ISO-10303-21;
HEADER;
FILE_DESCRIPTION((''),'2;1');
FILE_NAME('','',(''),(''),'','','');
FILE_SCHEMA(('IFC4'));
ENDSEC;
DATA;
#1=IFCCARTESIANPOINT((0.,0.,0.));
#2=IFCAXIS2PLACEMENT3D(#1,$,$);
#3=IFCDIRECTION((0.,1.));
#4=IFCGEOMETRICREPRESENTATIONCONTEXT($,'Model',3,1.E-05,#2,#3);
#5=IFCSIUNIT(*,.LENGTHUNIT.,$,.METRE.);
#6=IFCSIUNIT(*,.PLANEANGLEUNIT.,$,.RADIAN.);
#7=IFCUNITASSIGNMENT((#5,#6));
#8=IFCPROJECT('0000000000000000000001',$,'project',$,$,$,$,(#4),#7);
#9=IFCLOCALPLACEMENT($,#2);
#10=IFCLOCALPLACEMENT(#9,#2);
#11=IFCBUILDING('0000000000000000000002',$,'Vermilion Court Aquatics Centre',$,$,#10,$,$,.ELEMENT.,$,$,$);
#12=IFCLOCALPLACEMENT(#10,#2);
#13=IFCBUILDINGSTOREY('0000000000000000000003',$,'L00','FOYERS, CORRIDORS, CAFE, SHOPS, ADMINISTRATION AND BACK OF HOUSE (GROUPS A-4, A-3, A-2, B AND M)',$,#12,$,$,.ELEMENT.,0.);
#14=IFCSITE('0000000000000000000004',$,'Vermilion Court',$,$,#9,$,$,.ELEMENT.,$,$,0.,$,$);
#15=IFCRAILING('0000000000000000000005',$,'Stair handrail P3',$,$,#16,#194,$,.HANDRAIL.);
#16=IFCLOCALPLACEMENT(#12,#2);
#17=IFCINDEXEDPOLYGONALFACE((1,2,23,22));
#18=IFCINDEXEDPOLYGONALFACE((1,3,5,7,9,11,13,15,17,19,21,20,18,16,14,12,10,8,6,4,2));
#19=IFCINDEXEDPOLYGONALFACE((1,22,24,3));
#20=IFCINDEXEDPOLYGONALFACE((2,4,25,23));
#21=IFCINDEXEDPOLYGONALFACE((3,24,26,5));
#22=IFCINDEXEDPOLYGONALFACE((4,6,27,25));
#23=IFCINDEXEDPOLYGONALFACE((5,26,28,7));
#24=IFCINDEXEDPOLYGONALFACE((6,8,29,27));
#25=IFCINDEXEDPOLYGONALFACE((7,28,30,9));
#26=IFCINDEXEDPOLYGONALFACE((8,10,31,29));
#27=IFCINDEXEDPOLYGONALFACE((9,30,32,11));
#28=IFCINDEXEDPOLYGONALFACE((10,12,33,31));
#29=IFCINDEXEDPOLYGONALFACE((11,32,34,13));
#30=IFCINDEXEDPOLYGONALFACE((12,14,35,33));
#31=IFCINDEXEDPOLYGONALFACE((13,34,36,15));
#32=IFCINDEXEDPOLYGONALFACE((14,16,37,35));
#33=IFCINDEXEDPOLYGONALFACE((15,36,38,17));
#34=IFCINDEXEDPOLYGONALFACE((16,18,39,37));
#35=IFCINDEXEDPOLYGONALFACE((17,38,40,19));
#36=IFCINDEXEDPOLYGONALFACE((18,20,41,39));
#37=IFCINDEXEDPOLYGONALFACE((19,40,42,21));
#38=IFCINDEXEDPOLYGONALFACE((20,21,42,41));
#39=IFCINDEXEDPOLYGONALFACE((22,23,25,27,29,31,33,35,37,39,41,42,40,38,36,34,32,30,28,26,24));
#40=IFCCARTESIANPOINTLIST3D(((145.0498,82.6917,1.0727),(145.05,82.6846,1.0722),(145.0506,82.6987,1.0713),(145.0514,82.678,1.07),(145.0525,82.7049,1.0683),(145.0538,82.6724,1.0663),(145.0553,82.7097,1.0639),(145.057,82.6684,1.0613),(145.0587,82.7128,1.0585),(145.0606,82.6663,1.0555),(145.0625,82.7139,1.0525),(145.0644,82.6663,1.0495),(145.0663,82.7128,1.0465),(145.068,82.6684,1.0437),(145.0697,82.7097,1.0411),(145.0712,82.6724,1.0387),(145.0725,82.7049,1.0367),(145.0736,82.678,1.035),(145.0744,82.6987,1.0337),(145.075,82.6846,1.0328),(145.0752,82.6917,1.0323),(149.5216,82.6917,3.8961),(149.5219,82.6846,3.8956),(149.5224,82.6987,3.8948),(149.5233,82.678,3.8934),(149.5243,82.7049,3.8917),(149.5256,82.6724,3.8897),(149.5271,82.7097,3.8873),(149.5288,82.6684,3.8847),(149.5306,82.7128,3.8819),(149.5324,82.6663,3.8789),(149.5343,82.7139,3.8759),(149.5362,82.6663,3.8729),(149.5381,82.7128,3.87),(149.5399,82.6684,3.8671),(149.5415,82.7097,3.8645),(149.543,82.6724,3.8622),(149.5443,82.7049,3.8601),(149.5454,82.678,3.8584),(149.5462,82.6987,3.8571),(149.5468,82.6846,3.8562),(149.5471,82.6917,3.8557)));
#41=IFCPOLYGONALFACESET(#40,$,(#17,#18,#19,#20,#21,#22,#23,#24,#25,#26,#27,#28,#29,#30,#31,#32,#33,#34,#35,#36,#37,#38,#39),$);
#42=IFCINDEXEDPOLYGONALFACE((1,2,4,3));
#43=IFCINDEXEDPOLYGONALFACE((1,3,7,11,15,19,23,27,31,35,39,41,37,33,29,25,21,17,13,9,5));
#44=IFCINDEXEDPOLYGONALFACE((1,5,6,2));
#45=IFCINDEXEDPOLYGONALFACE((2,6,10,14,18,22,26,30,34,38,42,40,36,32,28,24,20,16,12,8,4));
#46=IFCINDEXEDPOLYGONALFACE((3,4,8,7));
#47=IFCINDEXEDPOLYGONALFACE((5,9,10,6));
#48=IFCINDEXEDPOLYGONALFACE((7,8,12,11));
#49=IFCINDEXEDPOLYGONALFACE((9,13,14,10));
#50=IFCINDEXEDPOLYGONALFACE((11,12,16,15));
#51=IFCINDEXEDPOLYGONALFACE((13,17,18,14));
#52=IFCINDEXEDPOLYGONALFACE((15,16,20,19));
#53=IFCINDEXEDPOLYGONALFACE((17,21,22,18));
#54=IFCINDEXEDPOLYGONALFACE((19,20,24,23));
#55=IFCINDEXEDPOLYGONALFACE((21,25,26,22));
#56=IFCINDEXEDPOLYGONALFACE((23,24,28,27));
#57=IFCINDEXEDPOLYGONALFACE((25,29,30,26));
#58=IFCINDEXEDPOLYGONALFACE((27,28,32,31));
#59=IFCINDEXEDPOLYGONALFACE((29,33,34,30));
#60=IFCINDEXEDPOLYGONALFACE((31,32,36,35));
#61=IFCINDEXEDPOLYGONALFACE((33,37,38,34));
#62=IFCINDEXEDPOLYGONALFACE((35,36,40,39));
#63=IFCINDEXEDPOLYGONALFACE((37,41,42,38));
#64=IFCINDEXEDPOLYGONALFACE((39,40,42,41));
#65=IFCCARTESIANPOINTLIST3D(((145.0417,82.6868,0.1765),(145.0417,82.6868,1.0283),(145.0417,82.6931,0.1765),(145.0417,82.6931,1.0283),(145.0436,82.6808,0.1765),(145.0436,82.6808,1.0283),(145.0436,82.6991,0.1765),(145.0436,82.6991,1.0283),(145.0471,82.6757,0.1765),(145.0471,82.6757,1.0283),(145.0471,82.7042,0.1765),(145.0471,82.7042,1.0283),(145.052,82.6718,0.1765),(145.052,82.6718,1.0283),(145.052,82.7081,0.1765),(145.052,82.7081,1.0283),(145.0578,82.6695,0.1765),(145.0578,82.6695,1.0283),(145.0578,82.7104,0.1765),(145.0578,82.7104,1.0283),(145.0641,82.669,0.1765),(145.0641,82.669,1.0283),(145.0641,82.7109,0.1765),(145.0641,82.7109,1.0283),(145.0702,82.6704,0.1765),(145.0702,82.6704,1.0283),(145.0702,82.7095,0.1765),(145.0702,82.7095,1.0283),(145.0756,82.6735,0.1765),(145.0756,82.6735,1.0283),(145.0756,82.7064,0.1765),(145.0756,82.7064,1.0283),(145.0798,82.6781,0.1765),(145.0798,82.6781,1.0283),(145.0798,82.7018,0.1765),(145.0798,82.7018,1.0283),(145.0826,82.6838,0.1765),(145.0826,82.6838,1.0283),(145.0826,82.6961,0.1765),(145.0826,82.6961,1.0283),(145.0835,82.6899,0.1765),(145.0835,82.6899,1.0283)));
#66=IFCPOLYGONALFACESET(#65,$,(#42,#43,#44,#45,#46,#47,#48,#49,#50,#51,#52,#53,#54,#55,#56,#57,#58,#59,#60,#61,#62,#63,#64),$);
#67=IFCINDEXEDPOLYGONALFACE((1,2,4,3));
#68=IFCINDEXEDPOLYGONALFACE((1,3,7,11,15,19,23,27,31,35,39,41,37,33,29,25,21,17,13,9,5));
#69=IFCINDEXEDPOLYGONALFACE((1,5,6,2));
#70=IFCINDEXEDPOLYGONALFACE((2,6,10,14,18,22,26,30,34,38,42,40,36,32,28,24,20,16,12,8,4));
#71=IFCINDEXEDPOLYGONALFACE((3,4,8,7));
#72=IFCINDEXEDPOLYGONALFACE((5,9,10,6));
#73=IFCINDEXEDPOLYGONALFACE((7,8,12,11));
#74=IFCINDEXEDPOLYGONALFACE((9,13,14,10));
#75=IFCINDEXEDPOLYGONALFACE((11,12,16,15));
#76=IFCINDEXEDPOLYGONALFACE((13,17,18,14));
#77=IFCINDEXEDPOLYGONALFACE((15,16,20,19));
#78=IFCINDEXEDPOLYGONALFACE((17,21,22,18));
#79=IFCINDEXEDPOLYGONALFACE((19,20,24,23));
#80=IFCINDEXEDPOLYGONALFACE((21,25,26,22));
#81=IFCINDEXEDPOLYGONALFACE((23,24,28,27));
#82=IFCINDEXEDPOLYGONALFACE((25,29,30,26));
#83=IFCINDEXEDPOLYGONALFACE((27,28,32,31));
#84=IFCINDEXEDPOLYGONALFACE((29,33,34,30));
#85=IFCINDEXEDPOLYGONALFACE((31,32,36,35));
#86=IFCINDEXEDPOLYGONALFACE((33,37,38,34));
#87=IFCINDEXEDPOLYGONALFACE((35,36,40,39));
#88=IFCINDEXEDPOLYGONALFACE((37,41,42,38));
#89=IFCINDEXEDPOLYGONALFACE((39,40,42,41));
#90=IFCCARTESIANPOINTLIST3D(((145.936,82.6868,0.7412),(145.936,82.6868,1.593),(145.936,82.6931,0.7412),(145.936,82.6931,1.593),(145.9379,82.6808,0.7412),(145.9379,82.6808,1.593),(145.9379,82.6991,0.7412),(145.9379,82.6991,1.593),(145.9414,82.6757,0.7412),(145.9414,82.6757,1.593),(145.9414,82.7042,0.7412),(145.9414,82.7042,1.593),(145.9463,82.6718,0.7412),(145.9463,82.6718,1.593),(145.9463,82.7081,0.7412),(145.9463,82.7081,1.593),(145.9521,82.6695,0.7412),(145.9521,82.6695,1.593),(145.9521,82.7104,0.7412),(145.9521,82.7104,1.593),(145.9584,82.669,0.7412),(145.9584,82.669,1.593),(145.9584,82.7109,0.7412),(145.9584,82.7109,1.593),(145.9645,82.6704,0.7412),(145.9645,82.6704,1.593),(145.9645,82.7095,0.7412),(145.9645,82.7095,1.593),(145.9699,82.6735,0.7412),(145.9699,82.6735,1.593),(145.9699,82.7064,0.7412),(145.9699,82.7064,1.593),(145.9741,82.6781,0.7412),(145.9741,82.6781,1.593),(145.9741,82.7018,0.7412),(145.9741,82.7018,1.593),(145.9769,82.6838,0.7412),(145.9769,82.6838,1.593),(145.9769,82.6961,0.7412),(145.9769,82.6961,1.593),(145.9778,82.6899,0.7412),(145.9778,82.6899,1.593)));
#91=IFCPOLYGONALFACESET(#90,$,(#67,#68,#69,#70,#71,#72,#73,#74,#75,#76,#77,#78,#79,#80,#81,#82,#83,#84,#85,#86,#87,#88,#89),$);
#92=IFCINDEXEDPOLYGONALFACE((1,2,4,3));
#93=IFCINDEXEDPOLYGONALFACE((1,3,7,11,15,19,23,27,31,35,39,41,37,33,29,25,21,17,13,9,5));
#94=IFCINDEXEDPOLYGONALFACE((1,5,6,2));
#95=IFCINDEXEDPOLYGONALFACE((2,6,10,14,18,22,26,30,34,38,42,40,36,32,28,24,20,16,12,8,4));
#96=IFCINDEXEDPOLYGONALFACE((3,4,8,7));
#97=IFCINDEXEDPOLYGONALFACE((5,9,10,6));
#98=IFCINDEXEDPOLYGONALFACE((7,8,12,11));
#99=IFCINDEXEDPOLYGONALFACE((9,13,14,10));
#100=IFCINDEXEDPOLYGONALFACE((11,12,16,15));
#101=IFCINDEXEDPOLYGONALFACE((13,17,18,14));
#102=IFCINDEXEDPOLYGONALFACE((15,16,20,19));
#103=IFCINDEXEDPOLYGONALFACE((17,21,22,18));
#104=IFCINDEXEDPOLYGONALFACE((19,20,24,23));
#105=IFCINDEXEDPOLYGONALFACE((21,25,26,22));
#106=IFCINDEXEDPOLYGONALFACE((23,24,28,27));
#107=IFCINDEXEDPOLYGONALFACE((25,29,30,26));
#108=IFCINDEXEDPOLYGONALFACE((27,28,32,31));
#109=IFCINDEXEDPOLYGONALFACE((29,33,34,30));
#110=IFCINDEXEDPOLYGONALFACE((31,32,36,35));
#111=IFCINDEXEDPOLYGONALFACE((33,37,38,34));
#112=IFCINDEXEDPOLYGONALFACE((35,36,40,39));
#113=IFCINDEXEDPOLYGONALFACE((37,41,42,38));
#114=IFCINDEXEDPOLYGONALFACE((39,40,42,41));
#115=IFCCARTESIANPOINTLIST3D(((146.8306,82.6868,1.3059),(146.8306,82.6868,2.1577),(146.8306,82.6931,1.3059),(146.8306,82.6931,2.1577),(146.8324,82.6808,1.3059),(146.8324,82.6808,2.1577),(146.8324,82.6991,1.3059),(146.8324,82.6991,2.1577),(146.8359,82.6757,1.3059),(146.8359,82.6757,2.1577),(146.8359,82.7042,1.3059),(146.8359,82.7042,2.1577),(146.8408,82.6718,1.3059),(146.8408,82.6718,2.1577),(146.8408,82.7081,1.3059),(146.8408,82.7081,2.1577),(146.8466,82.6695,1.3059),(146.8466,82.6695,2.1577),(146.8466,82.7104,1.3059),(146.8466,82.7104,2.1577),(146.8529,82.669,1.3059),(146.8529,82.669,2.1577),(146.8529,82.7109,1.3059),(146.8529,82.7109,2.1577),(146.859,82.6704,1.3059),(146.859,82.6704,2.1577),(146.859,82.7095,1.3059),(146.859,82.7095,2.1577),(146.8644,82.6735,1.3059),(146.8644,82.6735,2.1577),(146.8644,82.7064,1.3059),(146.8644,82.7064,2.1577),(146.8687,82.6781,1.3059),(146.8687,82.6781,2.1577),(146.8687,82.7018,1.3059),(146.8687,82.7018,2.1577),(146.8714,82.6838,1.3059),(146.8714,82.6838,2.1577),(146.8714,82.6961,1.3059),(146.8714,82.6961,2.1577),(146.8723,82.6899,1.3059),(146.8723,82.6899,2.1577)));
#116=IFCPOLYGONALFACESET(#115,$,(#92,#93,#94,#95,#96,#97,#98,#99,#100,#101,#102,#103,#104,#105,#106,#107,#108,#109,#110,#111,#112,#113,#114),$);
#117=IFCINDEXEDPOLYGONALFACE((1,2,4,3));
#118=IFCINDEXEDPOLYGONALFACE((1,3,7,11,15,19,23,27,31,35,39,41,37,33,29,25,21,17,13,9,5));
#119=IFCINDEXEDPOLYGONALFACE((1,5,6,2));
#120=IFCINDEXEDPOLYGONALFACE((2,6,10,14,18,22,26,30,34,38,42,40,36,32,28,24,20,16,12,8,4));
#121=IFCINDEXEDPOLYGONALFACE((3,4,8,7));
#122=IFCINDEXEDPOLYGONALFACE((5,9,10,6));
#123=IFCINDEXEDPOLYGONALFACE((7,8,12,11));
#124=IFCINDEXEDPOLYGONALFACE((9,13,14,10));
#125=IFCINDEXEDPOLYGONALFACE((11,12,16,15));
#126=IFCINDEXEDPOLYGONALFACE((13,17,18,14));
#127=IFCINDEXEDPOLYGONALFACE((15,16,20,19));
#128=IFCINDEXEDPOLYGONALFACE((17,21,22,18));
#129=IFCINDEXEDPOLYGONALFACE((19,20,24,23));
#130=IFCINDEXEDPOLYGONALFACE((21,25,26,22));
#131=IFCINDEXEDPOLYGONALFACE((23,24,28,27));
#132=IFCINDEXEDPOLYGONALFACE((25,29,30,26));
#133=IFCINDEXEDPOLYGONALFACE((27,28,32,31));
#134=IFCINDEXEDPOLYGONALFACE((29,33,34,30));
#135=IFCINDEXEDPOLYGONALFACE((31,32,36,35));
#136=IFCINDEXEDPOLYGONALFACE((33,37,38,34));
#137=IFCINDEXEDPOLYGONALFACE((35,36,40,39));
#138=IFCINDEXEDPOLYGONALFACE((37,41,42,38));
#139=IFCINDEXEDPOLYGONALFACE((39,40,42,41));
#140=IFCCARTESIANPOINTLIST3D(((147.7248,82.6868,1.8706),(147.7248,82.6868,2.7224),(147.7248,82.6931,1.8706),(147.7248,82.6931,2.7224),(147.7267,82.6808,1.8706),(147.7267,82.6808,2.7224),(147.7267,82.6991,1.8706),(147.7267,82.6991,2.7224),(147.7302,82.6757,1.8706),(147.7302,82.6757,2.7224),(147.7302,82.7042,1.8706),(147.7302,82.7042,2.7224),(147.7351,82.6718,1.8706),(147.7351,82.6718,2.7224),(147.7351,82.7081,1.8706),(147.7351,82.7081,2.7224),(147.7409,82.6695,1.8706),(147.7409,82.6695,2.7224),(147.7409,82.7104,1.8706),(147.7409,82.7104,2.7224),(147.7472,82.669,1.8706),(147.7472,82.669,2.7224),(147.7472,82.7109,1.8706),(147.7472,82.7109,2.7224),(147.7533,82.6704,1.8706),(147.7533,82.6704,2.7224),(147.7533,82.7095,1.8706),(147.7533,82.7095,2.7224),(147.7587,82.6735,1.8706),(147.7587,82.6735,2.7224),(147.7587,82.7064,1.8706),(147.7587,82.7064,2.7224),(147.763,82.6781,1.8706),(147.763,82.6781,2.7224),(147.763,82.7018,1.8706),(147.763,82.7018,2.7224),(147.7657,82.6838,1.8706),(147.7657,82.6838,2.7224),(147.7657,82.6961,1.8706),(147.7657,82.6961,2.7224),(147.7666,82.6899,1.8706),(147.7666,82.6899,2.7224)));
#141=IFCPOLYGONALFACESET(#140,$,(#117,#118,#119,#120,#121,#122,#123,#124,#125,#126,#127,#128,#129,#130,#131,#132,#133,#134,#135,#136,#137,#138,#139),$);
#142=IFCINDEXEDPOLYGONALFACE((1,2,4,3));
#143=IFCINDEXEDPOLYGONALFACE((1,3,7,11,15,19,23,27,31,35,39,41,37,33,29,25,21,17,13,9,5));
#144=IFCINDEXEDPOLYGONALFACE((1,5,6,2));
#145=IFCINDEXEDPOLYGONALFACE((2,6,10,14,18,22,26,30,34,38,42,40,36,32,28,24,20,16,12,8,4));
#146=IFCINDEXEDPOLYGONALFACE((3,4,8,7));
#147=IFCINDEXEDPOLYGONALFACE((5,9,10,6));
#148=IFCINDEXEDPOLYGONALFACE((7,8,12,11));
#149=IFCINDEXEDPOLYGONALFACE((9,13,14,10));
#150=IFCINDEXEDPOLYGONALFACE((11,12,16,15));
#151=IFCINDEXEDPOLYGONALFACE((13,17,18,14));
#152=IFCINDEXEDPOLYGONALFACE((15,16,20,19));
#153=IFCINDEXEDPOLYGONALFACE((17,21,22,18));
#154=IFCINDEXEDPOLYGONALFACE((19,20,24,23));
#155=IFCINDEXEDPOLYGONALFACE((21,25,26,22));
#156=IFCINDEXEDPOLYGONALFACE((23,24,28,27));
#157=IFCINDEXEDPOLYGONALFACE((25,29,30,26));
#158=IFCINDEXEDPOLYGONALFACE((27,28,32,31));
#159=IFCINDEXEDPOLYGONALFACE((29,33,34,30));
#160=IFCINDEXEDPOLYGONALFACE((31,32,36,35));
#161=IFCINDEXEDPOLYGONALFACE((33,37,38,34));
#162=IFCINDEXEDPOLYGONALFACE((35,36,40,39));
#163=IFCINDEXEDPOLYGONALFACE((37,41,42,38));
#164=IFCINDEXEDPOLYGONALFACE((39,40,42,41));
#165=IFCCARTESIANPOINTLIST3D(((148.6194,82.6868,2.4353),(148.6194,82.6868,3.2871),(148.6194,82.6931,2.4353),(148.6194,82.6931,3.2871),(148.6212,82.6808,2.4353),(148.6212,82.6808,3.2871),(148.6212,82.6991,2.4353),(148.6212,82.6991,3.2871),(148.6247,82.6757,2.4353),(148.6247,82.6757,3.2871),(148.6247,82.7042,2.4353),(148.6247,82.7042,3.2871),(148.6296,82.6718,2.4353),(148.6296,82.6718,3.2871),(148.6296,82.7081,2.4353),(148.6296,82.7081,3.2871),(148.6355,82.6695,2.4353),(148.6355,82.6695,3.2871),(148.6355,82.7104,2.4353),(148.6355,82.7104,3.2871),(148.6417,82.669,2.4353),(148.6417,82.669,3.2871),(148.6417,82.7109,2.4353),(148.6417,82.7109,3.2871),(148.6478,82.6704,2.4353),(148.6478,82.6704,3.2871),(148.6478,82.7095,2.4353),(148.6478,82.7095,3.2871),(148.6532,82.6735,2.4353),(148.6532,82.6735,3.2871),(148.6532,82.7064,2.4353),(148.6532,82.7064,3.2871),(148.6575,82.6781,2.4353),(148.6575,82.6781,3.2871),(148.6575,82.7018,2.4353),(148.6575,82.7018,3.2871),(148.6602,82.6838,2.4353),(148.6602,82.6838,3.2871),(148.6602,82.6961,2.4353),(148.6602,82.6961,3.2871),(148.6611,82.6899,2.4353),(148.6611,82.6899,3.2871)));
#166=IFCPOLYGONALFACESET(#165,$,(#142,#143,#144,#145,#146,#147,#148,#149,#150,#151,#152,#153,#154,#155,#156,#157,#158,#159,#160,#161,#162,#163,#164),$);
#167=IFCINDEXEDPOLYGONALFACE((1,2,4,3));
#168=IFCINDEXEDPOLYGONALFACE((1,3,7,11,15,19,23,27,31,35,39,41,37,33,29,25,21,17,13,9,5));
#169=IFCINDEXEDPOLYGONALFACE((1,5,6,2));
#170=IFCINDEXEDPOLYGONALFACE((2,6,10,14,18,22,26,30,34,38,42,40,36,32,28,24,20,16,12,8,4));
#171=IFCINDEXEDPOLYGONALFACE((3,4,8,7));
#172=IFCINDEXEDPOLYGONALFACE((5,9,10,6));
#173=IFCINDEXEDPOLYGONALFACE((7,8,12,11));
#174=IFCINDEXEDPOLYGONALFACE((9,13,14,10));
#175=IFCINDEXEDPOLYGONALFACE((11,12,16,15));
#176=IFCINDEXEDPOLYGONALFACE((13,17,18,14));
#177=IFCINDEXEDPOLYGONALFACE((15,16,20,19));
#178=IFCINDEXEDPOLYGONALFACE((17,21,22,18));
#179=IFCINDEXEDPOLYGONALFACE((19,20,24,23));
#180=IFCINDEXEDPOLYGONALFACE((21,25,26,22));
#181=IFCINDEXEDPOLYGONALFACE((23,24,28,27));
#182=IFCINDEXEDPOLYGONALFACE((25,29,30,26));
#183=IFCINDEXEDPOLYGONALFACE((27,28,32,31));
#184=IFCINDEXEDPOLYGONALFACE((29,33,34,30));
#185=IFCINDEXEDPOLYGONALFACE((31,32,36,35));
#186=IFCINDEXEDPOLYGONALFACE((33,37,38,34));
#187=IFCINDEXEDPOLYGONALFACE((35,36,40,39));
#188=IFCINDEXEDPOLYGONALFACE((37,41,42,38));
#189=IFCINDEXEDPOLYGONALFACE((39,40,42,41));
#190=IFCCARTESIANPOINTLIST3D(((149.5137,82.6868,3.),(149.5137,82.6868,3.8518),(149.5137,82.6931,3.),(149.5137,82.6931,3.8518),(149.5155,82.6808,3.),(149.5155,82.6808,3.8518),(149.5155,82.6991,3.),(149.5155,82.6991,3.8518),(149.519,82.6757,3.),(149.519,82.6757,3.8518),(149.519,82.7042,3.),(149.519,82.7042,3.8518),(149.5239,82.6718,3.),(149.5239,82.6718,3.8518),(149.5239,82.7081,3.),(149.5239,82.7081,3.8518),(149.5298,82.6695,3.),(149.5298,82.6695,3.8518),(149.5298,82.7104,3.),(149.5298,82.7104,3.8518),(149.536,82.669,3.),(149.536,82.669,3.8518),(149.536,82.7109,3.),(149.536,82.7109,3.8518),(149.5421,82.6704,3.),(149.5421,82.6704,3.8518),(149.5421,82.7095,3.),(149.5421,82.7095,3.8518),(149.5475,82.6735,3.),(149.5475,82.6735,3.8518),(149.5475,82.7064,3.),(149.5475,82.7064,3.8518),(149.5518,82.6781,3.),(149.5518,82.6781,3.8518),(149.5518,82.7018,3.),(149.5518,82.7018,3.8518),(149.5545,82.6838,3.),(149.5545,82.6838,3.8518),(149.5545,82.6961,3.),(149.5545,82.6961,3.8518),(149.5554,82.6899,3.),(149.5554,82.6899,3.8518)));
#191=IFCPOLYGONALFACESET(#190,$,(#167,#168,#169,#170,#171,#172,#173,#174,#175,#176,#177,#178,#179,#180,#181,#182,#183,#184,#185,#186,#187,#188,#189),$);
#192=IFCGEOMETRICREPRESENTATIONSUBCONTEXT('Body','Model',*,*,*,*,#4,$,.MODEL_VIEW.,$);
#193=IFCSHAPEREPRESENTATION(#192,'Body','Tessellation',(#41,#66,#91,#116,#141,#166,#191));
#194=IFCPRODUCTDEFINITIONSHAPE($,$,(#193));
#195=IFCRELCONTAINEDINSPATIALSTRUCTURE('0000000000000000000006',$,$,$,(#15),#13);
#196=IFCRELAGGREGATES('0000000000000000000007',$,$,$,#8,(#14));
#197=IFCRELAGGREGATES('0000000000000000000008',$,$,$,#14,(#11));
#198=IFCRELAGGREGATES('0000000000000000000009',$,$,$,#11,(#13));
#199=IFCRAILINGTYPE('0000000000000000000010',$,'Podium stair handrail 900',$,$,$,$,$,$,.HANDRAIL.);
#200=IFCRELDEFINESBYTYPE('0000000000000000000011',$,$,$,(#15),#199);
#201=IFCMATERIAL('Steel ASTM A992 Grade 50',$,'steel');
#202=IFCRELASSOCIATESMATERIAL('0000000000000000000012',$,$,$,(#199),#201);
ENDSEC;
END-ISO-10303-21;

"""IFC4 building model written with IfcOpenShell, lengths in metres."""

from ifc_helpers import new_model, si_unit, direction, frame, origin, origin_2d, place, context, subcontext, project, spatial, circle, extrude, material, type_object, element, save


model = new_model("IFC4")

# Units and contexts
model_context = context("Model", 3, precision=1e-05, world=origin(), true_north=direction((0.0, 1.0)))
body_context = subcontext(model_context, "Body", "Model", "MODEL_VIEW")
ifc_project = project(units=[si_unit("LENGTHUNIT", "METRE"), si_unit("PLANEANGLEUNIT", "RADIAN")], contexts=[model_context])

# Site, building, storey
site_placement = place(None, origin())
site = spatial("IfcSite", under=ifc_project, at=site_placement, Name="Vermilion Court", CompositionType="ELEMENT", RefElevation=0.0)
building_placement = place(site_placement, origin())
building = spatial("IfcBuilding", under=site, at=building_placement, Name="Vermilion Court Aquatics Centre", CompositionType="ELEMENT")
storey_placement = place(building_placement, origin())
storey = spatial("IfcBuildingStorey", under=building, at=storey_placement, Name="L00", Description="FOYERS, CORRIDORS, CAFE, SHOPS, ADMINISTRATION AND BACK OF HOUSE (GROUPS A-4, A-3, A-2, B AND M)", CompositionType="ELEMENT", Elevation=0.0)

# Railing
ifc_material_1 = material(Name="Steel ASTM A992 Grade 50", Category="steel")
railing_type_1 = type_object("IfcRailingType", Name="Podium stair handrail 900", PredefinedType="HANDRAIL", material=ifc_material_1)
for number, where, name in (
    (1, (145.0625, 82.6899, 0.1765), "Stair handrail P3"),
):
    element("IfcRailing", number, at=place(storey_placement, frame(where)), inside=storey, type_object=railing_type_1, Name=name, PredefinedType="HANDRAIL", context=body_context, shape_type="SweptSolid", body=[
        extrude(circle(Radius=0.0239, at=origin_2d()), frame((0.0, 0.0, 0.876), z_axis=(0.845565, 0.0, 0.533873), x_axis=(0.0, 1.0, 0.0)), (0.0, 0.0, 1.0), 5.2886),
        extrude(circle(Radius=0.021, at=origin_2d()), origin(), (0.0, 0.0, 1.0), 0.8518),
        extrude(circle(Radius=0.021, at=origin_2d()), frame((0.8943, 0.0, 0.5647)), (0.0, 0.0, 1.0), 0.8518),
        extrude(circle(Radius=0.021, at=origin_2d()), frame((1.7888, 0.0, 1.1294)), (0.0, 0.0, 1.0), 0.8518),
        extrude(circle(Radius=0.021, at=origin_2d()), frame((2.6831, 0.0, 1.6941)), (0.0, 0.0, 1.0), 0.8518),
        extrude(circle(Radius=0.021, at=origin_2d()), frame((3.5776, 0.0, 2.2588)), (0.0, 0.0, 1.0), 0.8518),
        extrude(circle(Radius=0.021, at=origin_2d()), frame((4.4719, 0.0, 2.8235)), (0.0, 0.0, 1.0), 0.8518),
    ])

save(model, "model.ifc")
